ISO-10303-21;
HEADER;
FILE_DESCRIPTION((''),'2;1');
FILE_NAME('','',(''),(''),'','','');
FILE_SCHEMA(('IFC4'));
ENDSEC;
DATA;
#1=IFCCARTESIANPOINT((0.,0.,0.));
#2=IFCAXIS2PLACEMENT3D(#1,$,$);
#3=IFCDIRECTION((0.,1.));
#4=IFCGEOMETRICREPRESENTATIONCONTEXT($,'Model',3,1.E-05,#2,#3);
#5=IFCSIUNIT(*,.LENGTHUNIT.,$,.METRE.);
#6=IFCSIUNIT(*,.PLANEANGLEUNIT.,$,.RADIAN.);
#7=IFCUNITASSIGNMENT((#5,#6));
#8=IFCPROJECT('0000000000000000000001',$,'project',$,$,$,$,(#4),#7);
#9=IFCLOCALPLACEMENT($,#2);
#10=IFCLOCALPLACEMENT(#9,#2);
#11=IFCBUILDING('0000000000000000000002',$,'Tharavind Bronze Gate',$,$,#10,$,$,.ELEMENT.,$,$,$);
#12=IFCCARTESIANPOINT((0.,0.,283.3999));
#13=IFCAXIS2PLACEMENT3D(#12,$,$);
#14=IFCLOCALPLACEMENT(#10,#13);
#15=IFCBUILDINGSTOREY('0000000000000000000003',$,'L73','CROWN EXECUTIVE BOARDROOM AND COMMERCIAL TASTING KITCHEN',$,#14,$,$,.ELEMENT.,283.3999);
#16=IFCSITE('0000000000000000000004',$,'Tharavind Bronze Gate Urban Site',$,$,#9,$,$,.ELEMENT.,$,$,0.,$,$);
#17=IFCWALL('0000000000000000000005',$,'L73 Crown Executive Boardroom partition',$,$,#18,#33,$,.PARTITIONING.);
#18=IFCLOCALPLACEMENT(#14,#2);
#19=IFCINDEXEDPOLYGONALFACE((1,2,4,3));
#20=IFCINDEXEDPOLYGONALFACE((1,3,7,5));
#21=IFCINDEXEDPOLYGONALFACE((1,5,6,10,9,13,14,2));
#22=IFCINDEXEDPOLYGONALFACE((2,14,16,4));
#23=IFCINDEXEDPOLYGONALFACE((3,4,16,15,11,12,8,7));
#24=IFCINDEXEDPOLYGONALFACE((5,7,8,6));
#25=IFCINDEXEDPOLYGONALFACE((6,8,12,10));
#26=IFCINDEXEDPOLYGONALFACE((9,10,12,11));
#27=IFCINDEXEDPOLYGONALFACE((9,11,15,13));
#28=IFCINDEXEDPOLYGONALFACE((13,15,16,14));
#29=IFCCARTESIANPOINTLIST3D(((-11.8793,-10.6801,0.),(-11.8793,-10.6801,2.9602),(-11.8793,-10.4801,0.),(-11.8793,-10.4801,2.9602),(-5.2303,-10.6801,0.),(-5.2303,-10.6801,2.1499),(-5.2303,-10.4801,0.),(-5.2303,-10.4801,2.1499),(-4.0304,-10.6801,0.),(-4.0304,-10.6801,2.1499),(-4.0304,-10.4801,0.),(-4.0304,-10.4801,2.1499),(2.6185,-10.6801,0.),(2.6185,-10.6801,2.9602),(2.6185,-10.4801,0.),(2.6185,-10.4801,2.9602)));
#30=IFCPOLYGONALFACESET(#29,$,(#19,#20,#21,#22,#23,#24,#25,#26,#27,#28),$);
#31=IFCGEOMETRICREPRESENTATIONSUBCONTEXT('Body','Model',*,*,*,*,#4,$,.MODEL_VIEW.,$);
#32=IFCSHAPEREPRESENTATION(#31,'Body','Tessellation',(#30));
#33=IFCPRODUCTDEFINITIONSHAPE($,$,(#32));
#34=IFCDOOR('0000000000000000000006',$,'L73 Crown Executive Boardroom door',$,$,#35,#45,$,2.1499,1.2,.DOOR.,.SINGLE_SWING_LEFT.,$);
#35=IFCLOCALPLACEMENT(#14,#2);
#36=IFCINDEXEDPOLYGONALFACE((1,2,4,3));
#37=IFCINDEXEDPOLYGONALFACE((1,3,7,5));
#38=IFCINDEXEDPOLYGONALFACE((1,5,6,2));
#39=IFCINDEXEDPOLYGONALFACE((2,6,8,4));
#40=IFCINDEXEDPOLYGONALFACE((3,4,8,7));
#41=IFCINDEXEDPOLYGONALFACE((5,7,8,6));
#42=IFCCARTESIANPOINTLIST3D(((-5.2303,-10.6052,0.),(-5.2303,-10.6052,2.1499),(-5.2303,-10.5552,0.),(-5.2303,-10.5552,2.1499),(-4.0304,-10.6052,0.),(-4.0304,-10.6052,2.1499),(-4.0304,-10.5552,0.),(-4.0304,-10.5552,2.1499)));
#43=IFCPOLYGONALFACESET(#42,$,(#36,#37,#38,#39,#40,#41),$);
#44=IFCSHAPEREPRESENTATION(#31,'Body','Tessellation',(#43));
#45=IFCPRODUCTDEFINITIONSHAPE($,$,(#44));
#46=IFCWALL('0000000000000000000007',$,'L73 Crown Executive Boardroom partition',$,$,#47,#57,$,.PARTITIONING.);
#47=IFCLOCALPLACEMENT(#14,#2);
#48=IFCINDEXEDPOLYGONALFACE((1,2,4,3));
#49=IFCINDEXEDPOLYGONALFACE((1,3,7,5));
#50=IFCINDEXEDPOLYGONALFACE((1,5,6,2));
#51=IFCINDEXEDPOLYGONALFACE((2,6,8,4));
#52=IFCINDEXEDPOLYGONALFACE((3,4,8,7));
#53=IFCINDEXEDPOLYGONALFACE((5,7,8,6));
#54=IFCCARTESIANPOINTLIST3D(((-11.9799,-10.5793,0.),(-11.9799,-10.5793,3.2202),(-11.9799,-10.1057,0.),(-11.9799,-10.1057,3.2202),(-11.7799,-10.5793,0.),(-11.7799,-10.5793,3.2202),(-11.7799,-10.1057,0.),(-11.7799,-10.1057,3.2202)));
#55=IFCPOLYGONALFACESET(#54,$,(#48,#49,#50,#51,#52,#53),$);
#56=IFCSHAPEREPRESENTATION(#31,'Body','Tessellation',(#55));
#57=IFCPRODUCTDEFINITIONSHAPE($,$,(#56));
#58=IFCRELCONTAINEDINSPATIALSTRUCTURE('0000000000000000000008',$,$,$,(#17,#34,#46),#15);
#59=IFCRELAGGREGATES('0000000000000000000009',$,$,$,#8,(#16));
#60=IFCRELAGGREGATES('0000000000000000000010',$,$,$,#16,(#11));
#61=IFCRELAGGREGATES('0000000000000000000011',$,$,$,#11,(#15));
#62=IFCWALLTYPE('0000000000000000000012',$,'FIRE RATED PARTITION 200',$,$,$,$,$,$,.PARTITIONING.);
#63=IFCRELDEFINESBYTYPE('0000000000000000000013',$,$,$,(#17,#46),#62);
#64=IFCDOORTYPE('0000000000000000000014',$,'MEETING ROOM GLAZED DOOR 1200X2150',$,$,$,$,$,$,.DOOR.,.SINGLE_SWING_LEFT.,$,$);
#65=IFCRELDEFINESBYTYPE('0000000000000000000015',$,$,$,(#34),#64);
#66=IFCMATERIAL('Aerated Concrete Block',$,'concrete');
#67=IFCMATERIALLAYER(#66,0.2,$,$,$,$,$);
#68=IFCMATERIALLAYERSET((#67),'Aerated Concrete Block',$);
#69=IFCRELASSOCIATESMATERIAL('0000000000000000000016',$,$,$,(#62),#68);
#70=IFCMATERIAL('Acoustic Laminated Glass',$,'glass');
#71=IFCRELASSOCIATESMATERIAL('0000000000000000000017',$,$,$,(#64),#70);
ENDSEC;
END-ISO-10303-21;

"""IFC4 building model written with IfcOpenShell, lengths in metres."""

from ifc_helpers import new_model, si_unit, direction, frame, frame_2d, origin, place, context, subcontext, project, spatial, rectangle, extrude, material, layer, layer_set, type_object, element, fill, save


model = new_model("IFC4")

# Units and contexts
model_context = context("Model", 3, precision=1e-05, world=origin(), true_north=direction((0.0, 1.0)))
body_context = subcontext(model_context, "Body", "Model", "MODEL_VIEW")
ifc_project = project(units=[si_unit("LENGTHUNIT", "METRE"), si_unit("PLANEANGLEUNIT", "RADIAN")], contexts=[model_context])

# Site, building, storey
site_placement = place(None, origin())
site = spatial("IfcSite", under=ifc_project, at=site_placement, Name="Tharavind Bronze Gate Urban Site", CompositionType="ELEMENT", RefElevation=0.0)
building_placement = place(site_placement, origin())
building = spatial("IfcBuilding", under=site, at=building_placement, Name="Tharavind Bronze Gate", CompositionType="ELEMENT")
storey_placement = place(building_placement, frame((0.0, 0.0, 283.3999)))
storey = spatial("IfcBuildingStorey", under=building, at=storey_placement, Name="L73", Description="CROWN EXECUTIVE BOARDROOM AND COMMERCIAL TASTING KITCHEN", CompositionType="ELEMENT", Elevation=283.3999)

# Shared definitions
ifc_material_1 = material(Name="Aerated Concrete Block", Category="concrete")
ifc_layer_1 = layer(ifc_material_1, 0.2)
ifc_layer_set_1 = layer_set([ifc_layer_1], Name="Aerated Concrete Block")
wall_type = type_object("IfcWallType", Name="FIRE RATED PARTITION 200", PredefinedType="PARTITIONING", material=ifc_layer_set_1)

# Wall, opening, door
wall_1_placement = place(storey_placement, frame((-11.8794, -10.5801, 0.0), z_axis=(0.0, 0.0, 1.0), x_axis=(1.0, 0.0, 0.0)))
wall_1 = element("IfcWall", 1, at=wall_1_placement, inside=storey, type_object=wall_type, Name="L73 Crown Executive Boardroom partition", PredefinedType="PARTITIONING", context=body_context, shape_type="SweptSolid", body=[
    extrude(rectangle(XDim=14.4978, YDim=0.2, at=frame_2d((7.249, 0.0))), origin(), (0.0, 0.0, 1.0), 2.9602),
])
opening_1_placement = place(wall_1_placement, frame((6.6489, 0.0, 0.0)))
opening_1 = element("IfcOpeningElement", 2, at=opening_1_placement, cuts=wall_1, PredefinedType="OPENING", context=body_context, shape_type="SweptSolid", body=[
    extrude(rectangle(XDim=1.2, YDim=2.1499, at=frame_2d((0.6001, 1.075))), frame((0.0, 0.1101, 0.0), z_axis=(0.0, -1.0, 0.0), x_axis=(1.0, 0.0, 0.0)), (0.0, 0.0, 1.0), 0.22),
])
ifc_material_2 = material(Name="Acoustic Laminated Glass", Category="glass")
door_type_1 = type_object("IfcDoorType", Name="MEETING ROOM GLAZED DOOR 1200X2150", OperationType="SINGLE_SWING_LEFT", PredefinedType="DOOR", material=ifc_material_2)
door_1_placement = place(opening_1_placement, origin())
door_1 = element("IfcDoor", 3, at=door_1_placement, inside=storey, type_object=door_type_1, Name="L73 Crown Executive Boardroom door", OperationType="SINGLE_SWING_LEFT", OverallHeight=2.1499, OverallWidth=1.2, PredefinedType="DOOR", context=body_context, shape_type="SweptSolid", body=[
    extrude(rectangle(XDim=1.2, YDim=2.1499, at=frame_2d((0.6001, 1.075))), frame((0.0, 0.0249, 0.0), z_axis=(0.0, -1.0, 0.0), x_axis=(1.0, 0.0, 0.0)), (0.0, 0.0, 1.0), 0.05),
])
fill(opening_1, door_1)

# Wall
wall_2_placement = place(storey_placement, frame((-11.8799, -10.1057, 0.0), z_axis=(0.0, 0.0, 1.0), x_axis=(0.0, -1.0, 0.0)))
element("IfcWall", 4, at=wall_2_placement, inside=storey, type_object=wall_type, Name="L73 Crown Executive Boardroom partition", PredefinedType="PARTITIONING", context=body_context, shape_type="SweptSolid", body=[
    extrude(rectangle(XDim=0.4736, YDim=0.2, at=frame_2d((0.2368, 0.0))), origin(), (0.0, 0.0, 1.0), 3.2202),
])

save(model, "model.ifc")
